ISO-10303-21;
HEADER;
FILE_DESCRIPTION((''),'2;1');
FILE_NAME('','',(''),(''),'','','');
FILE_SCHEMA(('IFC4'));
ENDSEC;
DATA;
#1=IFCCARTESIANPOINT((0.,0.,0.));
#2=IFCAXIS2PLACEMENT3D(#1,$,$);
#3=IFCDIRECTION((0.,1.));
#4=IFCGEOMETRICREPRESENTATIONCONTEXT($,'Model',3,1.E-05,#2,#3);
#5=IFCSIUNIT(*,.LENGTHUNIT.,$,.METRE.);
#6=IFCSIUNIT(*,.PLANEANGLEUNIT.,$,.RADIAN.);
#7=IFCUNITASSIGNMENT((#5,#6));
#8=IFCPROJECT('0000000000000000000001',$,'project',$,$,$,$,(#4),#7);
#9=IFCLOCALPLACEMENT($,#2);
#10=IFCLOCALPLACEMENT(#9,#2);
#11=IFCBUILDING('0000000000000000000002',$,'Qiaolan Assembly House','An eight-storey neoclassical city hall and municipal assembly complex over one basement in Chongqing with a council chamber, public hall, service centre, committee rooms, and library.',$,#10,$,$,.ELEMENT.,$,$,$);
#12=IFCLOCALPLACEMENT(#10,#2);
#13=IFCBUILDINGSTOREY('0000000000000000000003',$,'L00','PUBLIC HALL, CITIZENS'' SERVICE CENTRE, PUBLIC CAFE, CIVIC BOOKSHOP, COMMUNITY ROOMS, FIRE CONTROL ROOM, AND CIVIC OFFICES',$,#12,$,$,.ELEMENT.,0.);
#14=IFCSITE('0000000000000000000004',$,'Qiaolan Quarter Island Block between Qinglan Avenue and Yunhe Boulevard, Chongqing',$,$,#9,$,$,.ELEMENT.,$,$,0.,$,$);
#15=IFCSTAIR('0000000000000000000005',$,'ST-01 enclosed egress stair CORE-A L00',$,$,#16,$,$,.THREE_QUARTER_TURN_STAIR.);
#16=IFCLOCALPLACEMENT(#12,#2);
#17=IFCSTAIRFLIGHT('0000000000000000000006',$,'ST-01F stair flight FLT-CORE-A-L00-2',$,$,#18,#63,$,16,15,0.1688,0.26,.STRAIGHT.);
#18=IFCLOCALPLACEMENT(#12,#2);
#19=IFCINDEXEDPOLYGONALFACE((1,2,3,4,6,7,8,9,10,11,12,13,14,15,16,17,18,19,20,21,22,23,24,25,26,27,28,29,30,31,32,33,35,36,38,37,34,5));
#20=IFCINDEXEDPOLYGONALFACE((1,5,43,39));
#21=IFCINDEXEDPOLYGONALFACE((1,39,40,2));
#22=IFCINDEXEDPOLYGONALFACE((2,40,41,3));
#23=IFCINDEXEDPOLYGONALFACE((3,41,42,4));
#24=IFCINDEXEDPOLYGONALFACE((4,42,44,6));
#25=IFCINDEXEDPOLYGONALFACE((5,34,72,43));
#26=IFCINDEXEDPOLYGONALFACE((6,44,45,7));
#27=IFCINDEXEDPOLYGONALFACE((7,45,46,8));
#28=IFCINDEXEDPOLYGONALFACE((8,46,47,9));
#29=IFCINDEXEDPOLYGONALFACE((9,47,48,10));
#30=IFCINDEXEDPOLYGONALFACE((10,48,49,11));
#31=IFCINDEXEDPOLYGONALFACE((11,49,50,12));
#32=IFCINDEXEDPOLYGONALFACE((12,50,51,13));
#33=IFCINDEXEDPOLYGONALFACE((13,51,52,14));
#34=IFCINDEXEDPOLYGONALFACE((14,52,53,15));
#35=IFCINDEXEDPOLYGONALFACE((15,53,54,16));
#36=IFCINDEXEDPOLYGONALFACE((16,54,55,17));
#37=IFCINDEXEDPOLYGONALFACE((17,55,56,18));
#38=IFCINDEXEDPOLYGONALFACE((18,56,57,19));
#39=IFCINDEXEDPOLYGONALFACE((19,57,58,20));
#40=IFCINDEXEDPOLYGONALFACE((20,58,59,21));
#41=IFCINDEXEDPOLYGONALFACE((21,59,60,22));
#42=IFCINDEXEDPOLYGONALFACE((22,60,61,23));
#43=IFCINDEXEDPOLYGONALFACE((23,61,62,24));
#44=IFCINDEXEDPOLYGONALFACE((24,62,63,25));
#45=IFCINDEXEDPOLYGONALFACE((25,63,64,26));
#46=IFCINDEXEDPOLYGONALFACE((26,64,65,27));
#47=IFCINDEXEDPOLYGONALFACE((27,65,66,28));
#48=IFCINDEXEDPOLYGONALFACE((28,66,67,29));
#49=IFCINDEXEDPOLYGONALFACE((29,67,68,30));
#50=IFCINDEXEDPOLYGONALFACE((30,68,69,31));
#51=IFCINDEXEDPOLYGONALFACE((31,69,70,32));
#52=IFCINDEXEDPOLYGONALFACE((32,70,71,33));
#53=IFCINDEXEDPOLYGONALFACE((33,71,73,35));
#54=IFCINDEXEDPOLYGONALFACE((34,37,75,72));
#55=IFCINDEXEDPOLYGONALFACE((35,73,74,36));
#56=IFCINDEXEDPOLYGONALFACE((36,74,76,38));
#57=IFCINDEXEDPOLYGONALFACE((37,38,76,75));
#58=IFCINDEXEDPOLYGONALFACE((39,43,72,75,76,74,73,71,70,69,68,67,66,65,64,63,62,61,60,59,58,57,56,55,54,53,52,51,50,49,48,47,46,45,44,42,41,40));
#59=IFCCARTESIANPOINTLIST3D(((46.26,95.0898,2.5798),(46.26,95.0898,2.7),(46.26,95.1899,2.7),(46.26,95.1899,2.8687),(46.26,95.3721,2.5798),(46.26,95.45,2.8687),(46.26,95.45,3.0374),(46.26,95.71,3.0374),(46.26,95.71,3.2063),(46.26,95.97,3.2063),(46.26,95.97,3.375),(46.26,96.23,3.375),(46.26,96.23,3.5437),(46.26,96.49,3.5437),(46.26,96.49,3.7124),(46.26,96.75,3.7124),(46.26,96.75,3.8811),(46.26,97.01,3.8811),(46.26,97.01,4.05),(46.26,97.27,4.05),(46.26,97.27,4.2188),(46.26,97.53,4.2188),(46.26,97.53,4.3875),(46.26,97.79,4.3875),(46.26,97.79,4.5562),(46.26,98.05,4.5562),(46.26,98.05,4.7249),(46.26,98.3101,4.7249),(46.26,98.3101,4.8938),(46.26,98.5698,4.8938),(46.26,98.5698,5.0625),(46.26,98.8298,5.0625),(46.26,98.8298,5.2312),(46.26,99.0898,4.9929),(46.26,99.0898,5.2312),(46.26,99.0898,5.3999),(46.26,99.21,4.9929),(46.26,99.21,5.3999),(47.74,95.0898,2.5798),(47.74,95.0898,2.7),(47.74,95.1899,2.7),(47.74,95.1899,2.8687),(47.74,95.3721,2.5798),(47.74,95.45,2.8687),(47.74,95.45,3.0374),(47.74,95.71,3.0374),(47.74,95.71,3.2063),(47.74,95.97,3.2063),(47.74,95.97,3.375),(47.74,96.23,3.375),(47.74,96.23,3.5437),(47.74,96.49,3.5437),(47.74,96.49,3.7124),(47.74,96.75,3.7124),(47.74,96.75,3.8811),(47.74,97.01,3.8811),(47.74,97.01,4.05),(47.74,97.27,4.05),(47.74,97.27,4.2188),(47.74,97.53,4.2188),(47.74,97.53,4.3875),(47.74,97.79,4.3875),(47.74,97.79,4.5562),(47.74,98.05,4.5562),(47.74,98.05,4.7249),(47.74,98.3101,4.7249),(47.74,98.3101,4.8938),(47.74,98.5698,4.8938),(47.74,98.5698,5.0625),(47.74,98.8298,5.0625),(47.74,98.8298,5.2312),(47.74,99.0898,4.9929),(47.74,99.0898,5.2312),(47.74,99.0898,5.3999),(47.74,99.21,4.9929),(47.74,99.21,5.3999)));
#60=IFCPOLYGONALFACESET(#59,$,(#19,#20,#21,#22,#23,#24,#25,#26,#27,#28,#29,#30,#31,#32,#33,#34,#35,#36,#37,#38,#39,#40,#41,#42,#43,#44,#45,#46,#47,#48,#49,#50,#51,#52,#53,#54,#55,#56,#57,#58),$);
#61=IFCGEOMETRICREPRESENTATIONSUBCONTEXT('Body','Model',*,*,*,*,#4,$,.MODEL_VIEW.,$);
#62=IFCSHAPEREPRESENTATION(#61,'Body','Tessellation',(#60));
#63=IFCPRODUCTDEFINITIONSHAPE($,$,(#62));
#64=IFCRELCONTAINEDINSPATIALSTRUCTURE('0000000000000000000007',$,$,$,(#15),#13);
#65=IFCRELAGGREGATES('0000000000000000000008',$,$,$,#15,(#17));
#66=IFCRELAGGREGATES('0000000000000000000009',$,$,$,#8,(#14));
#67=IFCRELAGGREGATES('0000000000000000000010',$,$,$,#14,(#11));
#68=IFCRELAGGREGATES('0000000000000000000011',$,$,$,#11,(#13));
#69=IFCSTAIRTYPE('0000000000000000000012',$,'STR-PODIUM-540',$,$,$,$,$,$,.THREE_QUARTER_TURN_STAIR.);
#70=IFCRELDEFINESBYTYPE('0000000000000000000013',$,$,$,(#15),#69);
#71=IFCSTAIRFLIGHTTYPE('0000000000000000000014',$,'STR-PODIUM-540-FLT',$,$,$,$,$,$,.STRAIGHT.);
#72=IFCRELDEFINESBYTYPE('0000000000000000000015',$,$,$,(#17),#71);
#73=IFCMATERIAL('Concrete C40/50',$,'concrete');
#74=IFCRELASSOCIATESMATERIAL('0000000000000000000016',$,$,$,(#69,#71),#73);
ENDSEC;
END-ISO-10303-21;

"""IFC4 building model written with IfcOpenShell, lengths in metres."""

from ifc_helpers import new_model, si_unit, direction, frame, origin, place, context, subcontext, project, spatial, polyline, outline, extrude, material, type_object, element, aggregate, save


model = new_model("IFC4")

# Units and contexts
model_context = context("Model", 3, precision=1e-05, world=origin(), true_north=direction((0.0, 1.0)))
body_context = subcontext(model_context, "Body", "Model", "MODEL_VIEW")
ifc_project = project(units=[si_unit("LENGTHUNIT", "METRE"), si_unit("PLANEANGLEUNIT", "RADIAN")], contexts=[model_context])

# Site, building, storey
site_placement = place(None, origin())
site = spatial("IfcSite", under=ifc_project, at=site_placement, Name="Qiaolan Quarter Island Block between Qinglan Avenue and Yunhe Boulevard, Chongqing", CompositionType="ELEMENT", RefElevation=0.0)
building_placement = place(site_placement, origin())
building = spatial("IfcBuilding", under=site, at=building_placement, Name="Qiaolan Assembly House", Description="An eight-storey neoclassical city hall and municipal assembly complex over one basement in Chongqing with a council chamber, public hall, service centre, committee rooms, and library.", CompositionType="ELEMENT")
storey_placement = place(building_placement, origin())
storey = spatial("IfcBuildingStorey", under=building, at=storey_placement, Name="L00", Description="PUBLIC HALL, CITIZENS' SERVICE CENTRE, PUBLIC CAFE, CIVIC BOOKSHOP, COMMUNITY ROOMS, FIRE CONTROL ROOM, AND CIVIC OFFICES", CompositionType="ELEMENT", Elevation=0.0)

# Shared definitions
ifc_material_1 = material(Name="Concrete C40/50", Category="concrete")

# Stair, stair flight
stair_type = type_object("IfcStairType", Name="STR-PODIUM-540", PredefinedType="THREE_QUARTER_TURN_STAIR", material=ifc_material_1)
stair_placement = place(storey_placement, origin())
stair = element("IfcStair", 1, at=stair_placement, inside=storey, type_object=stair_type, Name="ST-01 enclosed egress stair CORE-A L00", PredefinedType="THREE_QUARTER_TURN_STAIR")
stair_flight_type = type_object("IfcStairFlightType", Name="STR-PODIUM-540-FLT", PredefinedType="STRAIGHT", material=ifc_material_1)
stair_flight_1_placement = place(storey_placement, frame((47.0, 95.1899, 2.7), z_axis=(0.0, 0.0, 1.0), x_axis=(0.0, 1.0, 0.0)))
stair_flight_1 = element("IfcStairFlight", 2, at=stair_flight_1_placement, type_object=stair_flight_type, Name="ST-01F stair flight FLT-CORE-A-L00-2", NumberOfRisers=16, NumberOfTreads=15, PredefinedType="STRAIGHT", RiserHeight=0.1688, TreadLength=0.26, context=body_context, shape_type="SweptSolid", body=[
    extrude(outline(polyline([(-0.1001, -0.1201), (-0.1001, 0.0), (0.0, 0.0), (0.0, 0.1687), (0.26, 0.1687), (0.26, 0.3374), (0.52, 0.3374), (0.52, 0.5063), (0.78, 0.5063), (0.78, 0.675), (1.04, 0.675), (1.04, 0.8438), (1.3, 0.8438), (1.3, 1.0125), (1.5601, 1.0125), (1.5601, 1.1812), (1.8201, 1.1812), (1.8201, 1.3501), (2.0801, 1.3501), (2.0801, 1.5188), (2.3401, 1.5188), (2.3401, 1.6875), (2.6001, 1.6875), (2.6001, 1.8562), (2.8601, 1.8562), (2.8601, 2.0249), (3.1201, 2.0249), (3.1201, 2.1938), (3.3799, 2.1938), (3.3799, 2.3625), (3.6399, 2.3625), (3.6399, 2.5312), (3.8999, 2.5312), (3.8999, 2.7), (4.02, 2.7), (4.02, 2.293), (3.8999, 2.293), (0.1821, -0.1201), (-0.1001, -0.1201)])), frame((0.0, 0.74, 0.0), z_axis=(0.0, -1.0, 0.0), x_axis=(1.0, 0.0, 0.0)), (0.0, 0.0, 1.0), 1.48),
])
aggregate(stair, [stair_flight_1])

save(model, "model.ifc")
